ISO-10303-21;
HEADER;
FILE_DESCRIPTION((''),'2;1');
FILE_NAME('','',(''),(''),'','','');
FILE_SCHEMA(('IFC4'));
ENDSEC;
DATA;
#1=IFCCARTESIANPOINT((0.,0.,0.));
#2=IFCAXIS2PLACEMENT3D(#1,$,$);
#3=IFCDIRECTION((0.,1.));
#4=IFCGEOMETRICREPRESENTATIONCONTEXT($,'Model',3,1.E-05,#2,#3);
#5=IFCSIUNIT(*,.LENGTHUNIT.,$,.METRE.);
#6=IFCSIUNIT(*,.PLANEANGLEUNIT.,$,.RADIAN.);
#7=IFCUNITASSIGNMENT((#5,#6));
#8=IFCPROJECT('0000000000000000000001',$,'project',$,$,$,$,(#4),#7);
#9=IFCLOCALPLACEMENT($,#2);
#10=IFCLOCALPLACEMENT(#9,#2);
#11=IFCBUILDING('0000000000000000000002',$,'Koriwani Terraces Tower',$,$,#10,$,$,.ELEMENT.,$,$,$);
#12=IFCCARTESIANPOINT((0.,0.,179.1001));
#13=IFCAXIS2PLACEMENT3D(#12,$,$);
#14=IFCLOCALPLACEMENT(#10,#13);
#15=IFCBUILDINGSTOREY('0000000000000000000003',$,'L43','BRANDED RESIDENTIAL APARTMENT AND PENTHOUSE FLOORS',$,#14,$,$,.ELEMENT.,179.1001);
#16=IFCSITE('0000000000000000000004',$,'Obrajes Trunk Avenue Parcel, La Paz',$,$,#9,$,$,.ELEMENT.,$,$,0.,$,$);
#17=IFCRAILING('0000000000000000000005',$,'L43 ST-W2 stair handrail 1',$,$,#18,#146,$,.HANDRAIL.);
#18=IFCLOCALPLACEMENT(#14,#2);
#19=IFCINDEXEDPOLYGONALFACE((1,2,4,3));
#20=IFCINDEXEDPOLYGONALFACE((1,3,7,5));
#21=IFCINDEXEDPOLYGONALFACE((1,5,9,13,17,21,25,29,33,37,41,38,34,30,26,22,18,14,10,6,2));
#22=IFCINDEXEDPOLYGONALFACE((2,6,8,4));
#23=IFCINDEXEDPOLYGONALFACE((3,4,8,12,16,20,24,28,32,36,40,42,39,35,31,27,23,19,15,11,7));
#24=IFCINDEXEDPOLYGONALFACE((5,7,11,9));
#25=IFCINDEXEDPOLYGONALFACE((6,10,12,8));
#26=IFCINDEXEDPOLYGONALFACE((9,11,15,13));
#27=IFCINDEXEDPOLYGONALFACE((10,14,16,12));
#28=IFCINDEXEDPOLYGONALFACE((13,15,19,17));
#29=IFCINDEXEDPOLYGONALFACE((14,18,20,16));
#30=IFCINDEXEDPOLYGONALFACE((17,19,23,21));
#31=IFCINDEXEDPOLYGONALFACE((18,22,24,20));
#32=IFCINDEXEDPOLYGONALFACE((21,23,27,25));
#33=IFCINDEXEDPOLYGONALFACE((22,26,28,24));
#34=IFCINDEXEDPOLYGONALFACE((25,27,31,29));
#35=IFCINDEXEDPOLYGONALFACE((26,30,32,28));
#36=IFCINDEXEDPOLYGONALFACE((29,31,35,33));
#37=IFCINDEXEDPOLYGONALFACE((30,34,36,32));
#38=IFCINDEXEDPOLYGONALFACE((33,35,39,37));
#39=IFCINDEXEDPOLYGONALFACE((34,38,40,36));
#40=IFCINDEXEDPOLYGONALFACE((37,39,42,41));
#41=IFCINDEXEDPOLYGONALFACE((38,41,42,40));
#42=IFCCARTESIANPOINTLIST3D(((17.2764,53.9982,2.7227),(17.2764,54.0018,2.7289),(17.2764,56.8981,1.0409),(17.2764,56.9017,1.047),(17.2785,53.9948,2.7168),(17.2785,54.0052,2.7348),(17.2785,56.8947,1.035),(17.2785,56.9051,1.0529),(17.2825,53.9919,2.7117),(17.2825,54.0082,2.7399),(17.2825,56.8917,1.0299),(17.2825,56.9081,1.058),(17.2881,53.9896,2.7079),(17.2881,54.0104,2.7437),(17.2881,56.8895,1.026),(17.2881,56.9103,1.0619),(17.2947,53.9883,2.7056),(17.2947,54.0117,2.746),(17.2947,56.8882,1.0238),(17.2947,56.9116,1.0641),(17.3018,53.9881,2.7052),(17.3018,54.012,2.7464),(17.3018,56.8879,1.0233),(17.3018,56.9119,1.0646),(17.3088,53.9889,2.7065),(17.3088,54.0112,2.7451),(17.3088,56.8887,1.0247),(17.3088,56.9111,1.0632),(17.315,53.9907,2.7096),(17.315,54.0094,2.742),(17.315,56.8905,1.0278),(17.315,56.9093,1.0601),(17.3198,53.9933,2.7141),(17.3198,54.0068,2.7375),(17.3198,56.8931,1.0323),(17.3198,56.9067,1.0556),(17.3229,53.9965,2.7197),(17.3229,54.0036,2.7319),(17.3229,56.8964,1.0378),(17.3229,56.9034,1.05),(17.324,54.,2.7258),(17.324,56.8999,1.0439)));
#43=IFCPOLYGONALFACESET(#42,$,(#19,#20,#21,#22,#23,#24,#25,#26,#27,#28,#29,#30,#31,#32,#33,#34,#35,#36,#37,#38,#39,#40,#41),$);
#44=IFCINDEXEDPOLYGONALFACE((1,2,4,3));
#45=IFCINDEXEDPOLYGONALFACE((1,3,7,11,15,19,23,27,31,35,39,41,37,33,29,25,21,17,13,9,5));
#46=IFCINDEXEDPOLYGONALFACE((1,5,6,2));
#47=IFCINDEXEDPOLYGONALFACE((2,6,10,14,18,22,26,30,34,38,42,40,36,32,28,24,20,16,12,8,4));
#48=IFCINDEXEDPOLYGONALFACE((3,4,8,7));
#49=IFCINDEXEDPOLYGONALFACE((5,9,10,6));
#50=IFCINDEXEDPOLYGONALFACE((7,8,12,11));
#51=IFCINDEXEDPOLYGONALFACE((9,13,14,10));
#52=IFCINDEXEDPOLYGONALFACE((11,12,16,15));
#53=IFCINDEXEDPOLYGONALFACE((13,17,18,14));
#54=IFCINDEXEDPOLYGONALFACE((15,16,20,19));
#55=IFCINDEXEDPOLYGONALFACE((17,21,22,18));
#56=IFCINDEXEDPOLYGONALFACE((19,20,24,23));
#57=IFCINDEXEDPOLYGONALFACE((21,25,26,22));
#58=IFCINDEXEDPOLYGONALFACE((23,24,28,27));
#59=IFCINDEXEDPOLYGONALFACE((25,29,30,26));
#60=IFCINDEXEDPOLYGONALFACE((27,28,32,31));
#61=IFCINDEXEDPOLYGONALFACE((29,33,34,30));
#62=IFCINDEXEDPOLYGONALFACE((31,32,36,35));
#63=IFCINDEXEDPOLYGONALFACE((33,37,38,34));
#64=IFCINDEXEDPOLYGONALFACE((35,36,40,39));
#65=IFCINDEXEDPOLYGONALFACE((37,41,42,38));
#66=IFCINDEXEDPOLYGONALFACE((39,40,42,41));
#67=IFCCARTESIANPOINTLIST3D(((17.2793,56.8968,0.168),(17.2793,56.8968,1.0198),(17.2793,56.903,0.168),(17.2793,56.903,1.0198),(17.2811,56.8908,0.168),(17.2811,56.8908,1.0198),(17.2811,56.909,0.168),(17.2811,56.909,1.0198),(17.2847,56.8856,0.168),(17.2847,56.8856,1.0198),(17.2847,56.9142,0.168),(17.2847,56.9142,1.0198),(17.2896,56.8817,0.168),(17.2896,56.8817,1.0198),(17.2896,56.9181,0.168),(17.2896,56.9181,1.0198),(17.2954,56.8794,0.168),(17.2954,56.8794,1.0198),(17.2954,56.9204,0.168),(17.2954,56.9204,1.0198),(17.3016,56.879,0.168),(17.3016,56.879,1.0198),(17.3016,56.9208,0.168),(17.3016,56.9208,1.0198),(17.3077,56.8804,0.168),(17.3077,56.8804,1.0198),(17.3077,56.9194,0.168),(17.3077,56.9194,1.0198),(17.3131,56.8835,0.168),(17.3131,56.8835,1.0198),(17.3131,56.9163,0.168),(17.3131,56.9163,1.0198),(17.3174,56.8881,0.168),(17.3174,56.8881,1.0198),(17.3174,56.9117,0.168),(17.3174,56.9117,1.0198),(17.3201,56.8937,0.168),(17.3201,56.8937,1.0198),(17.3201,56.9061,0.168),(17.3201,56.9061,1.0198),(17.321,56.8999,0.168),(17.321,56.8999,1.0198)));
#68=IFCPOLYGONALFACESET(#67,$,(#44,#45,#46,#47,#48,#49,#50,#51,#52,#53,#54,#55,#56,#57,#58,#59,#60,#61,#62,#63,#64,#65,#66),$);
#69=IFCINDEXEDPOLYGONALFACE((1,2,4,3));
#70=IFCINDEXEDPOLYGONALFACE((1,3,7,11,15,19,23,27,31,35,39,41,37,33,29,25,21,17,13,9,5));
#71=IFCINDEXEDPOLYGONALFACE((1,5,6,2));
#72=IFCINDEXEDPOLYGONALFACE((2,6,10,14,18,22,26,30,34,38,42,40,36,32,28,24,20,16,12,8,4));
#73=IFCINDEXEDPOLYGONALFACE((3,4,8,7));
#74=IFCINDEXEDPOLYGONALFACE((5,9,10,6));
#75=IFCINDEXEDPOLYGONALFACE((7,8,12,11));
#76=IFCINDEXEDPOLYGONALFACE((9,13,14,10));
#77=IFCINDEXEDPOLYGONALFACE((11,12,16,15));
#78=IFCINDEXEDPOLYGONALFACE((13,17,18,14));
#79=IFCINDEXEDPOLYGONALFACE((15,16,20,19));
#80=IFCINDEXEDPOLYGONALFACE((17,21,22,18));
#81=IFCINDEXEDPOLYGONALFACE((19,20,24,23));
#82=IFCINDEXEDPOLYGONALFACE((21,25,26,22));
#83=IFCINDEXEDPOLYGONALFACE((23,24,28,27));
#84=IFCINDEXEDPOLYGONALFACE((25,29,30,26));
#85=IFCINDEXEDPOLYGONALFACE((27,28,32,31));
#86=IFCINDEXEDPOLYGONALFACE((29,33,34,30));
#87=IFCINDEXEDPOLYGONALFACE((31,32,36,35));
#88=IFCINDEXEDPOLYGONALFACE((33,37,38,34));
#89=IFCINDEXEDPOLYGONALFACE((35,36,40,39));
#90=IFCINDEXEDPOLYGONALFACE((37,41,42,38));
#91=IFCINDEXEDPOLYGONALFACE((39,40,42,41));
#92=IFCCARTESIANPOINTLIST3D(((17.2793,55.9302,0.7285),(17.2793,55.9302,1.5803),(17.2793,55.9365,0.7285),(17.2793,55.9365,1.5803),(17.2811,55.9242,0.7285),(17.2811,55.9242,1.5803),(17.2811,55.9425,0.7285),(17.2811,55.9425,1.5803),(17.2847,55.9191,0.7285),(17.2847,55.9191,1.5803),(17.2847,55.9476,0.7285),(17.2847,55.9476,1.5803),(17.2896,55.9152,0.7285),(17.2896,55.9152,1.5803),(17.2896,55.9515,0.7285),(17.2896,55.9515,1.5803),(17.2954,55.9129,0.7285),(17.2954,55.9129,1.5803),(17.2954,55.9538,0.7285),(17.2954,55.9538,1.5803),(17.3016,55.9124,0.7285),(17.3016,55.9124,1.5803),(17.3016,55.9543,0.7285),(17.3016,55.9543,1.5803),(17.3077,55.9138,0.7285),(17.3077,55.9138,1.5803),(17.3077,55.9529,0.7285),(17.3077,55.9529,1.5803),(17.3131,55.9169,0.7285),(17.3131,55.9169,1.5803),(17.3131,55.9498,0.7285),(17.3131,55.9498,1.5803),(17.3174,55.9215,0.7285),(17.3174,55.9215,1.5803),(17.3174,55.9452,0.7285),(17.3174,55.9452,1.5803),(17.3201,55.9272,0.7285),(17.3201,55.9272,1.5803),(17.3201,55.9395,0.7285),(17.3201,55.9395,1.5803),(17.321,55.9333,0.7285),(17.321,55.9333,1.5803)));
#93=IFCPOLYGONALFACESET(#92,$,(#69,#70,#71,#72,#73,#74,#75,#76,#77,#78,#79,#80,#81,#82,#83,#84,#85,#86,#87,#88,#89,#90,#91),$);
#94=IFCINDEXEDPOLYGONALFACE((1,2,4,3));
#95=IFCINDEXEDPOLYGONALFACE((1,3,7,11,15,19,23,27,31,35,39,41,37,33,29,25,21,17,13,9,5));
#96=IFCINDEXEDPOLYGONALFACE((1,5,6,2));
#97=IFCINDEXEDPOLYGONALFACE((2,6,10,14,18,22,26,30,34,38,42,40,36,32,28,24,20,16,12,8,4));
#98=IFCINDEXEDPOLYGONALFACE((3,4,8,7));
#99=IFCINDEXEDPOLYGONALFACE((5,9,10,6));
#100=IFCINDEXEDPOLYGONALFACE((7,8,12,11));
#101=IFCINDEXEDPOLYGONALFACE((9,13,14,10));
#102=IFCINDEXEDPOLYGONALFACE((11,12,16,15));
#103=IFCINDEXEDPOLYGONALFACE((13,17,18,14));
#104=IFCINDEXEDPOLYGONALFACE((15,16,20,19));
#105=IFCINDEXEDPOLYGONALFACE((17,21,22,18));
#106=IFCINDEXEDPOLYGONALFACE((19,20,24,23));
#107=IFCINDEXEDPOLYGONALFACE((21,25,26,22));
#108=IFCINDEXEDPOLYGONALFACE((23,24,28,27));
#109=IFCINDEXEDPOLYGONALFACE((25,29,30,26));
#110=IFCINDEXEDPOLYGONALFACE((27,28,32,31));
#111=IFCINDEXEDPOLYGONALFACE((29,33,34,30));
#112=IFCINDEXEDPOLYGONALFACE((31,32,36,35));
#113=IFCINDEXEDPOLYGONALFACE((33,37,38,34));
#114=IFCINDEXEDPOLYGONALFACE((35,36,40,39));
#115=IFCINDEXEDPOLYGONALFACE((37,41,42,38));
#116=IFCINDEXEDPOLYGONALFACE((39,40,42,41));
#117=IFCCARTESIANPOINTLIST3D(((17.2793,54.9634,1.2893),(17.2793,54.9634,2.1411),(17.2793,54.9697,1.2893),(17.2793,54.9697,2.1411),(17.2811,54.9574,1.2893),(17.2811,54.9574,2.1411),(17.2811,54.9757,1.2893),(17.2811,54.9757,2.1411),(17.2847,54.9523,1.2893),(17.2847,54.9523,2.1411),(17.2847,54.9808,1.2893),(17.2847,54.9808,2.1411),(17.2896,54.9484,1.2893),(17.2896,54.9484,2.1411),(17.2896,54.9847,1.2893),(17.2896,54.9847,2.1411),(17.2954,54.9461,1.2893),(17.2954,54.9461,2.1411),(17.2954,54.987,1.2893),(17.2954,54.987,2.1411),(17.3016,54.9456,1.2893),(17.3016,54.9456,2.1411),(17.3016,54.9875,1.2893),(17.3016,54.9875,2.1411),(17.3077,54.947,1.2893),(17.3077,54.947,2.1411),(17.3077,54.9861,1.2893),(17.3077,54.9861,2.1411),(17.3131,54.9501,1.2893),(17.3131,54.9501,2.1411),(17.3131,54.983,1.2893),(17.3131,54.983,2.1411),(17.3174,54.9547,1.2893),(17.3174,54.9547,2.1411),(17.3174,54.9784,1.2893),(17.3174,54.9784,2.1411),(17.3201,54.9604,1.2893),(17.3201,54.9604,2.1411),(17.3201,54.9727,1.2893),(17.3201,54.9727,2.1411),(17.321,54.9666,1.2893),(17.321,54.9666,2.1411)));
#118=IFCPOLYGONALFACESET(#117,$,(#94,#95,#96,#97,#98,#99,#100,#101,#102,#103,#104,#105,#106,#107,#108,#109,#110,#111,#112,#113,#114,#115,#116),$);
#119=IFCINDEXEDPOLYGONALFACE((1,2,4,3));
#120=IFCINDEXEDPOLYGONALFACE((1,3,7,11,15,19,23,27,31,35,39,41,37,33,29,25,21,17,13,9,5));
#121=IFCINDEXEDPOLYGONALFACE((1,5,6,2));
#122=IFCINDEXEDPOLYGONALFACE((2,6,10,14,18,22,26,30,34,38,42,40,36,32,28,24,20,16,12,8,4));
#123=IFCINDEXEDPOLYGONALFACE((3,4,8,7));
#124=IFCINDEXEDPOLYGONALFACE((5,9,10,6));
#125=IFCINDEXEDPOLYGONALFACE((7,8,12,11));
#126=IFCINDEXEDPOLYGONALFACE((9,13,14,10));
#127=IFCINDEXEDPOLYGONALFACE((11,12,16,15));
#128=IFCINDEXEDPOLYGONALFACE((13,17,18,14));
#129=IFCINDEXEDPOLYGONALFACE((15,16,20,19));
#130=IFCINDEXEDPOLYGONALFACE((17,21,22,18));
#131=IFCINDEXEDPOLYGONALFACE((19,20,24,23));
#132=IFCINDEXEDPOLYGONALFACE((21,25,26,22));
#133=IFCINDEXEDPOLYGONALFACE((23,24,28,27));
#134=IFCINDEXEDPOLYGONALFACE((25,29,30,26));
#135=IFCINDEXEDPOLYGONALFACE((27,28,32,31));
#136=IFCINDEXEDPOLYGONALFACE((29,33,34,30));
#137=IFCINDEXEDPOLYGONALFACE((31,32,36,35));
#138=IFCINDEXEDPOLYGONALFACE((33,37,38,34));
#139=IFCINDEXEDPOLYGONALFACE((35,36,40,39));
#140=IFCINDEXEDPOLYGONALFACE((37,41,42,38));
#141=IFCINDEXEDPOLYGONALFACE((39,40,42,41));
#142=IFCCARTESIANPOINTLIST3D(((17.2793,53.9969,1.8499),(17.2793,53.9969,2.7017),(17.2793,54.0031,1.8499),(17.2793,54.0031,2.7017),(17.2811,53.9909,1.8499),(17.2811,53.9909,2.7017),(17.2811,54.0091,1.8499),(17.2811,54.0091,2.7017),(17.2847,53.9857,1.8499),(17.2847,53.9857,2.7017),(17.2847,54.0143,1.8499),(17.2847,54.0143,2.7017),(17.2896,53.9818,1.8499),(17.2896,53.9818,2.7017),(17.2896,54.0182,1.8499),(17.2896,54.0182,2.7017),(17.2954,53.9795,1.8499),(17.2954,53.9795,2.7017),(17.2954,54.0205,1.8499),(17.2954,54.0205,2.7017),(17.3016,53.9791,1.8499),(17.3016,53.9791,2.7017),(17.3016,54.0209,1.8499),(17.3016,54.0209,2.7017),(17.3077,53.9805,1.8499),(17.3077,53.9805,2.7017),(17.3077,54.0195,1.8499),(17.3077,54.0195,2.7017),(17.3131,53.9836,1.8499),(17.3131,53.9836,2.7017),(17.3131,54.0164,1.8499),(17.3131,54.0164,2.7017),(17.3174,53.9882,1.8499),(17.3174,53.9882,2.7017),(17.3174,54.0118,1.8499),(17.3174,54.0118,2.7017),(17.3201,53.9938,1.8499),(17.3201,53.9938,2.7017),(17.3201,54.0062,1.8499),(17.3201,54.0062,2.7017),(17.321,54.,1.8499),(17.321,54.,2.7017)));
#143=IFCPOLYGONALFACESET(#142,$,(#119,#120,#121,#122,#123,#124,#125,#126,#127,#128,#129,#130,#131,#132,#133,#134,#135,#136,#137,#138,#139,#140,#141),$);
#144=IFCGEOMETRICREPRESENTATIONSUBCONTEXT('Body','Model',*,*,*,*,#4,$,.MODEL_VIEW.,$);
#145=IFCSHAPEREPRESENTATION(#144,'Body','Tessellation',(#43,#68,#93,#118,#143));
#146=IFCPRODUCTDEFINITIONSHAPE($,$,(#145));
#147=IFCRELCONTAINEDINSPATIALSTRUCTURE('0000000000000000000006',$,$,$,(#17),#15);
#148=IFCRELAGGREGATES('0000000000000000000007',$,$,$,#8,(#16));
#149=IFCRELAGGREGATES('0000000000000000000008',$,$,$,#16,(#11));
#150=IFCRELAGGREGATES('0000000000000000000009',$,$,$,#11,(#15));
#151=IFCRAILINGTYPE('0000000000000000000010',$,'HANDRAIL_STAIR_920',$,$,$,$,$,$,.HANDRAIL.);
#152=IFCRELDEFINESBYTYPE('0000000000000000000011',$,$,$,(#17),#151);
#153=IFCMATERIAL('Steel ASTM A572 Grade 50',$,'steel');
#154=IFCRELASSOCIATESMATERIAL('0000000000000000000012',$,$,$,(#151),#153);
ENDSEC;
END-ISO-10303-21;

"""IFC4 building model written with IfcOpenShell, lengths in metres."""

from ifc_helpers import new_model, si_unit, direction, frame, origin, origin_2d, place, context, subcontext, project, spatial, circle, extrude, material, type_object, element, save


model = new_model("IFC4")

# Units and contexts
model_context = context("Model", 3, precision=1e-05, world=origin(), true_north=direction((0.0, 1.0)))
body_context = subcontext(model_context, "Body", "Model", "MODEL_VIEW")
ifc_project = project(units=[si_unit("LENGTHUNIT", "METRE"), si_unit("PLANEANGLEUNIT", "RADIAN")], contexts=[model_context])

# Site, building, storey
site_placement = place(None, origin())
site = spatial("IfcSite", under=ifc_project, at=site_placement, Name="Obrajes Trunk Avenue Parcel, La Paz", CompositionType="ELEMENT", RefElevation=0.0)
building_placement = place(site_placement, origin())
building = spatial("IfcBuilding", under=site, at=building_placement, Name="Koriwani Terraces Tower", CompositionType="ELEMENT")
storey_placement = place(building_placement, frame((0.0, 0.0, 179.1001)))
storey = spatial("IfcBuildingStorey", under=building, at=storey_placement, Name="L43", Description="BRANDED RESIDENTIAL APARTMENT AND PENTHOUSE FLOORS", CompositionType="ELEMENT", Elevation=179.1001)

# Shared definitions
ifc_material_1 = material(Name="Steel ASTM A572 Grade 50", Category="steel")

# Railing
railing_type_1 = type_object("IfcRailingType", Name="HANDRAIL_STAIR_920", PredefinedType="HANDRAIL", material=ifc_material_1)
railing_1_placement = place(storey_placement, frame((17.3, 56.8999, 0.168)))
element("IfcRailing", 1, at=railing_1_placement, inside=storey, type_object=railing_type_1, Name="L43 ST-W2 stair handrail 1", PredefinedType="HANDRAIL", context=body_context, shape_type="SweptSolid", body=[
    extrude(circle(Radius=0.0239, at=origin_2d()), frame((0.0, 0.0, 0.876), z_axis=(0.0, -0.865039, 0.501705), x_axis=(1.0, 0.0, 0.0)), (0.0, 0.0, 1.0), 3.3523),
    extrude(circle(Radius=0.021, at=origin_2d()), origin(), (0.0, 0.0, 1.0), 0.8518),
    extrude(circle(Radius=0.021, at=origin_2d()), frame((0.0, -0.9666, 0.5605)), (0.0, 0.0, 1.0), 0.8518),
    extrude(circle(Radius=0.021, at=origin_2d()), frame((0.0, -1.9333, 1.1213)), (0.0, 0.0, 1.0), 0.8518),
    extrude(circle(Radius=0.021, at=origin_2d()), frame((0.0, -2.8999, 1.6819)), (0.0, 0.0, 1.0), 0.8518),
])

save(model, "model.ifc")
